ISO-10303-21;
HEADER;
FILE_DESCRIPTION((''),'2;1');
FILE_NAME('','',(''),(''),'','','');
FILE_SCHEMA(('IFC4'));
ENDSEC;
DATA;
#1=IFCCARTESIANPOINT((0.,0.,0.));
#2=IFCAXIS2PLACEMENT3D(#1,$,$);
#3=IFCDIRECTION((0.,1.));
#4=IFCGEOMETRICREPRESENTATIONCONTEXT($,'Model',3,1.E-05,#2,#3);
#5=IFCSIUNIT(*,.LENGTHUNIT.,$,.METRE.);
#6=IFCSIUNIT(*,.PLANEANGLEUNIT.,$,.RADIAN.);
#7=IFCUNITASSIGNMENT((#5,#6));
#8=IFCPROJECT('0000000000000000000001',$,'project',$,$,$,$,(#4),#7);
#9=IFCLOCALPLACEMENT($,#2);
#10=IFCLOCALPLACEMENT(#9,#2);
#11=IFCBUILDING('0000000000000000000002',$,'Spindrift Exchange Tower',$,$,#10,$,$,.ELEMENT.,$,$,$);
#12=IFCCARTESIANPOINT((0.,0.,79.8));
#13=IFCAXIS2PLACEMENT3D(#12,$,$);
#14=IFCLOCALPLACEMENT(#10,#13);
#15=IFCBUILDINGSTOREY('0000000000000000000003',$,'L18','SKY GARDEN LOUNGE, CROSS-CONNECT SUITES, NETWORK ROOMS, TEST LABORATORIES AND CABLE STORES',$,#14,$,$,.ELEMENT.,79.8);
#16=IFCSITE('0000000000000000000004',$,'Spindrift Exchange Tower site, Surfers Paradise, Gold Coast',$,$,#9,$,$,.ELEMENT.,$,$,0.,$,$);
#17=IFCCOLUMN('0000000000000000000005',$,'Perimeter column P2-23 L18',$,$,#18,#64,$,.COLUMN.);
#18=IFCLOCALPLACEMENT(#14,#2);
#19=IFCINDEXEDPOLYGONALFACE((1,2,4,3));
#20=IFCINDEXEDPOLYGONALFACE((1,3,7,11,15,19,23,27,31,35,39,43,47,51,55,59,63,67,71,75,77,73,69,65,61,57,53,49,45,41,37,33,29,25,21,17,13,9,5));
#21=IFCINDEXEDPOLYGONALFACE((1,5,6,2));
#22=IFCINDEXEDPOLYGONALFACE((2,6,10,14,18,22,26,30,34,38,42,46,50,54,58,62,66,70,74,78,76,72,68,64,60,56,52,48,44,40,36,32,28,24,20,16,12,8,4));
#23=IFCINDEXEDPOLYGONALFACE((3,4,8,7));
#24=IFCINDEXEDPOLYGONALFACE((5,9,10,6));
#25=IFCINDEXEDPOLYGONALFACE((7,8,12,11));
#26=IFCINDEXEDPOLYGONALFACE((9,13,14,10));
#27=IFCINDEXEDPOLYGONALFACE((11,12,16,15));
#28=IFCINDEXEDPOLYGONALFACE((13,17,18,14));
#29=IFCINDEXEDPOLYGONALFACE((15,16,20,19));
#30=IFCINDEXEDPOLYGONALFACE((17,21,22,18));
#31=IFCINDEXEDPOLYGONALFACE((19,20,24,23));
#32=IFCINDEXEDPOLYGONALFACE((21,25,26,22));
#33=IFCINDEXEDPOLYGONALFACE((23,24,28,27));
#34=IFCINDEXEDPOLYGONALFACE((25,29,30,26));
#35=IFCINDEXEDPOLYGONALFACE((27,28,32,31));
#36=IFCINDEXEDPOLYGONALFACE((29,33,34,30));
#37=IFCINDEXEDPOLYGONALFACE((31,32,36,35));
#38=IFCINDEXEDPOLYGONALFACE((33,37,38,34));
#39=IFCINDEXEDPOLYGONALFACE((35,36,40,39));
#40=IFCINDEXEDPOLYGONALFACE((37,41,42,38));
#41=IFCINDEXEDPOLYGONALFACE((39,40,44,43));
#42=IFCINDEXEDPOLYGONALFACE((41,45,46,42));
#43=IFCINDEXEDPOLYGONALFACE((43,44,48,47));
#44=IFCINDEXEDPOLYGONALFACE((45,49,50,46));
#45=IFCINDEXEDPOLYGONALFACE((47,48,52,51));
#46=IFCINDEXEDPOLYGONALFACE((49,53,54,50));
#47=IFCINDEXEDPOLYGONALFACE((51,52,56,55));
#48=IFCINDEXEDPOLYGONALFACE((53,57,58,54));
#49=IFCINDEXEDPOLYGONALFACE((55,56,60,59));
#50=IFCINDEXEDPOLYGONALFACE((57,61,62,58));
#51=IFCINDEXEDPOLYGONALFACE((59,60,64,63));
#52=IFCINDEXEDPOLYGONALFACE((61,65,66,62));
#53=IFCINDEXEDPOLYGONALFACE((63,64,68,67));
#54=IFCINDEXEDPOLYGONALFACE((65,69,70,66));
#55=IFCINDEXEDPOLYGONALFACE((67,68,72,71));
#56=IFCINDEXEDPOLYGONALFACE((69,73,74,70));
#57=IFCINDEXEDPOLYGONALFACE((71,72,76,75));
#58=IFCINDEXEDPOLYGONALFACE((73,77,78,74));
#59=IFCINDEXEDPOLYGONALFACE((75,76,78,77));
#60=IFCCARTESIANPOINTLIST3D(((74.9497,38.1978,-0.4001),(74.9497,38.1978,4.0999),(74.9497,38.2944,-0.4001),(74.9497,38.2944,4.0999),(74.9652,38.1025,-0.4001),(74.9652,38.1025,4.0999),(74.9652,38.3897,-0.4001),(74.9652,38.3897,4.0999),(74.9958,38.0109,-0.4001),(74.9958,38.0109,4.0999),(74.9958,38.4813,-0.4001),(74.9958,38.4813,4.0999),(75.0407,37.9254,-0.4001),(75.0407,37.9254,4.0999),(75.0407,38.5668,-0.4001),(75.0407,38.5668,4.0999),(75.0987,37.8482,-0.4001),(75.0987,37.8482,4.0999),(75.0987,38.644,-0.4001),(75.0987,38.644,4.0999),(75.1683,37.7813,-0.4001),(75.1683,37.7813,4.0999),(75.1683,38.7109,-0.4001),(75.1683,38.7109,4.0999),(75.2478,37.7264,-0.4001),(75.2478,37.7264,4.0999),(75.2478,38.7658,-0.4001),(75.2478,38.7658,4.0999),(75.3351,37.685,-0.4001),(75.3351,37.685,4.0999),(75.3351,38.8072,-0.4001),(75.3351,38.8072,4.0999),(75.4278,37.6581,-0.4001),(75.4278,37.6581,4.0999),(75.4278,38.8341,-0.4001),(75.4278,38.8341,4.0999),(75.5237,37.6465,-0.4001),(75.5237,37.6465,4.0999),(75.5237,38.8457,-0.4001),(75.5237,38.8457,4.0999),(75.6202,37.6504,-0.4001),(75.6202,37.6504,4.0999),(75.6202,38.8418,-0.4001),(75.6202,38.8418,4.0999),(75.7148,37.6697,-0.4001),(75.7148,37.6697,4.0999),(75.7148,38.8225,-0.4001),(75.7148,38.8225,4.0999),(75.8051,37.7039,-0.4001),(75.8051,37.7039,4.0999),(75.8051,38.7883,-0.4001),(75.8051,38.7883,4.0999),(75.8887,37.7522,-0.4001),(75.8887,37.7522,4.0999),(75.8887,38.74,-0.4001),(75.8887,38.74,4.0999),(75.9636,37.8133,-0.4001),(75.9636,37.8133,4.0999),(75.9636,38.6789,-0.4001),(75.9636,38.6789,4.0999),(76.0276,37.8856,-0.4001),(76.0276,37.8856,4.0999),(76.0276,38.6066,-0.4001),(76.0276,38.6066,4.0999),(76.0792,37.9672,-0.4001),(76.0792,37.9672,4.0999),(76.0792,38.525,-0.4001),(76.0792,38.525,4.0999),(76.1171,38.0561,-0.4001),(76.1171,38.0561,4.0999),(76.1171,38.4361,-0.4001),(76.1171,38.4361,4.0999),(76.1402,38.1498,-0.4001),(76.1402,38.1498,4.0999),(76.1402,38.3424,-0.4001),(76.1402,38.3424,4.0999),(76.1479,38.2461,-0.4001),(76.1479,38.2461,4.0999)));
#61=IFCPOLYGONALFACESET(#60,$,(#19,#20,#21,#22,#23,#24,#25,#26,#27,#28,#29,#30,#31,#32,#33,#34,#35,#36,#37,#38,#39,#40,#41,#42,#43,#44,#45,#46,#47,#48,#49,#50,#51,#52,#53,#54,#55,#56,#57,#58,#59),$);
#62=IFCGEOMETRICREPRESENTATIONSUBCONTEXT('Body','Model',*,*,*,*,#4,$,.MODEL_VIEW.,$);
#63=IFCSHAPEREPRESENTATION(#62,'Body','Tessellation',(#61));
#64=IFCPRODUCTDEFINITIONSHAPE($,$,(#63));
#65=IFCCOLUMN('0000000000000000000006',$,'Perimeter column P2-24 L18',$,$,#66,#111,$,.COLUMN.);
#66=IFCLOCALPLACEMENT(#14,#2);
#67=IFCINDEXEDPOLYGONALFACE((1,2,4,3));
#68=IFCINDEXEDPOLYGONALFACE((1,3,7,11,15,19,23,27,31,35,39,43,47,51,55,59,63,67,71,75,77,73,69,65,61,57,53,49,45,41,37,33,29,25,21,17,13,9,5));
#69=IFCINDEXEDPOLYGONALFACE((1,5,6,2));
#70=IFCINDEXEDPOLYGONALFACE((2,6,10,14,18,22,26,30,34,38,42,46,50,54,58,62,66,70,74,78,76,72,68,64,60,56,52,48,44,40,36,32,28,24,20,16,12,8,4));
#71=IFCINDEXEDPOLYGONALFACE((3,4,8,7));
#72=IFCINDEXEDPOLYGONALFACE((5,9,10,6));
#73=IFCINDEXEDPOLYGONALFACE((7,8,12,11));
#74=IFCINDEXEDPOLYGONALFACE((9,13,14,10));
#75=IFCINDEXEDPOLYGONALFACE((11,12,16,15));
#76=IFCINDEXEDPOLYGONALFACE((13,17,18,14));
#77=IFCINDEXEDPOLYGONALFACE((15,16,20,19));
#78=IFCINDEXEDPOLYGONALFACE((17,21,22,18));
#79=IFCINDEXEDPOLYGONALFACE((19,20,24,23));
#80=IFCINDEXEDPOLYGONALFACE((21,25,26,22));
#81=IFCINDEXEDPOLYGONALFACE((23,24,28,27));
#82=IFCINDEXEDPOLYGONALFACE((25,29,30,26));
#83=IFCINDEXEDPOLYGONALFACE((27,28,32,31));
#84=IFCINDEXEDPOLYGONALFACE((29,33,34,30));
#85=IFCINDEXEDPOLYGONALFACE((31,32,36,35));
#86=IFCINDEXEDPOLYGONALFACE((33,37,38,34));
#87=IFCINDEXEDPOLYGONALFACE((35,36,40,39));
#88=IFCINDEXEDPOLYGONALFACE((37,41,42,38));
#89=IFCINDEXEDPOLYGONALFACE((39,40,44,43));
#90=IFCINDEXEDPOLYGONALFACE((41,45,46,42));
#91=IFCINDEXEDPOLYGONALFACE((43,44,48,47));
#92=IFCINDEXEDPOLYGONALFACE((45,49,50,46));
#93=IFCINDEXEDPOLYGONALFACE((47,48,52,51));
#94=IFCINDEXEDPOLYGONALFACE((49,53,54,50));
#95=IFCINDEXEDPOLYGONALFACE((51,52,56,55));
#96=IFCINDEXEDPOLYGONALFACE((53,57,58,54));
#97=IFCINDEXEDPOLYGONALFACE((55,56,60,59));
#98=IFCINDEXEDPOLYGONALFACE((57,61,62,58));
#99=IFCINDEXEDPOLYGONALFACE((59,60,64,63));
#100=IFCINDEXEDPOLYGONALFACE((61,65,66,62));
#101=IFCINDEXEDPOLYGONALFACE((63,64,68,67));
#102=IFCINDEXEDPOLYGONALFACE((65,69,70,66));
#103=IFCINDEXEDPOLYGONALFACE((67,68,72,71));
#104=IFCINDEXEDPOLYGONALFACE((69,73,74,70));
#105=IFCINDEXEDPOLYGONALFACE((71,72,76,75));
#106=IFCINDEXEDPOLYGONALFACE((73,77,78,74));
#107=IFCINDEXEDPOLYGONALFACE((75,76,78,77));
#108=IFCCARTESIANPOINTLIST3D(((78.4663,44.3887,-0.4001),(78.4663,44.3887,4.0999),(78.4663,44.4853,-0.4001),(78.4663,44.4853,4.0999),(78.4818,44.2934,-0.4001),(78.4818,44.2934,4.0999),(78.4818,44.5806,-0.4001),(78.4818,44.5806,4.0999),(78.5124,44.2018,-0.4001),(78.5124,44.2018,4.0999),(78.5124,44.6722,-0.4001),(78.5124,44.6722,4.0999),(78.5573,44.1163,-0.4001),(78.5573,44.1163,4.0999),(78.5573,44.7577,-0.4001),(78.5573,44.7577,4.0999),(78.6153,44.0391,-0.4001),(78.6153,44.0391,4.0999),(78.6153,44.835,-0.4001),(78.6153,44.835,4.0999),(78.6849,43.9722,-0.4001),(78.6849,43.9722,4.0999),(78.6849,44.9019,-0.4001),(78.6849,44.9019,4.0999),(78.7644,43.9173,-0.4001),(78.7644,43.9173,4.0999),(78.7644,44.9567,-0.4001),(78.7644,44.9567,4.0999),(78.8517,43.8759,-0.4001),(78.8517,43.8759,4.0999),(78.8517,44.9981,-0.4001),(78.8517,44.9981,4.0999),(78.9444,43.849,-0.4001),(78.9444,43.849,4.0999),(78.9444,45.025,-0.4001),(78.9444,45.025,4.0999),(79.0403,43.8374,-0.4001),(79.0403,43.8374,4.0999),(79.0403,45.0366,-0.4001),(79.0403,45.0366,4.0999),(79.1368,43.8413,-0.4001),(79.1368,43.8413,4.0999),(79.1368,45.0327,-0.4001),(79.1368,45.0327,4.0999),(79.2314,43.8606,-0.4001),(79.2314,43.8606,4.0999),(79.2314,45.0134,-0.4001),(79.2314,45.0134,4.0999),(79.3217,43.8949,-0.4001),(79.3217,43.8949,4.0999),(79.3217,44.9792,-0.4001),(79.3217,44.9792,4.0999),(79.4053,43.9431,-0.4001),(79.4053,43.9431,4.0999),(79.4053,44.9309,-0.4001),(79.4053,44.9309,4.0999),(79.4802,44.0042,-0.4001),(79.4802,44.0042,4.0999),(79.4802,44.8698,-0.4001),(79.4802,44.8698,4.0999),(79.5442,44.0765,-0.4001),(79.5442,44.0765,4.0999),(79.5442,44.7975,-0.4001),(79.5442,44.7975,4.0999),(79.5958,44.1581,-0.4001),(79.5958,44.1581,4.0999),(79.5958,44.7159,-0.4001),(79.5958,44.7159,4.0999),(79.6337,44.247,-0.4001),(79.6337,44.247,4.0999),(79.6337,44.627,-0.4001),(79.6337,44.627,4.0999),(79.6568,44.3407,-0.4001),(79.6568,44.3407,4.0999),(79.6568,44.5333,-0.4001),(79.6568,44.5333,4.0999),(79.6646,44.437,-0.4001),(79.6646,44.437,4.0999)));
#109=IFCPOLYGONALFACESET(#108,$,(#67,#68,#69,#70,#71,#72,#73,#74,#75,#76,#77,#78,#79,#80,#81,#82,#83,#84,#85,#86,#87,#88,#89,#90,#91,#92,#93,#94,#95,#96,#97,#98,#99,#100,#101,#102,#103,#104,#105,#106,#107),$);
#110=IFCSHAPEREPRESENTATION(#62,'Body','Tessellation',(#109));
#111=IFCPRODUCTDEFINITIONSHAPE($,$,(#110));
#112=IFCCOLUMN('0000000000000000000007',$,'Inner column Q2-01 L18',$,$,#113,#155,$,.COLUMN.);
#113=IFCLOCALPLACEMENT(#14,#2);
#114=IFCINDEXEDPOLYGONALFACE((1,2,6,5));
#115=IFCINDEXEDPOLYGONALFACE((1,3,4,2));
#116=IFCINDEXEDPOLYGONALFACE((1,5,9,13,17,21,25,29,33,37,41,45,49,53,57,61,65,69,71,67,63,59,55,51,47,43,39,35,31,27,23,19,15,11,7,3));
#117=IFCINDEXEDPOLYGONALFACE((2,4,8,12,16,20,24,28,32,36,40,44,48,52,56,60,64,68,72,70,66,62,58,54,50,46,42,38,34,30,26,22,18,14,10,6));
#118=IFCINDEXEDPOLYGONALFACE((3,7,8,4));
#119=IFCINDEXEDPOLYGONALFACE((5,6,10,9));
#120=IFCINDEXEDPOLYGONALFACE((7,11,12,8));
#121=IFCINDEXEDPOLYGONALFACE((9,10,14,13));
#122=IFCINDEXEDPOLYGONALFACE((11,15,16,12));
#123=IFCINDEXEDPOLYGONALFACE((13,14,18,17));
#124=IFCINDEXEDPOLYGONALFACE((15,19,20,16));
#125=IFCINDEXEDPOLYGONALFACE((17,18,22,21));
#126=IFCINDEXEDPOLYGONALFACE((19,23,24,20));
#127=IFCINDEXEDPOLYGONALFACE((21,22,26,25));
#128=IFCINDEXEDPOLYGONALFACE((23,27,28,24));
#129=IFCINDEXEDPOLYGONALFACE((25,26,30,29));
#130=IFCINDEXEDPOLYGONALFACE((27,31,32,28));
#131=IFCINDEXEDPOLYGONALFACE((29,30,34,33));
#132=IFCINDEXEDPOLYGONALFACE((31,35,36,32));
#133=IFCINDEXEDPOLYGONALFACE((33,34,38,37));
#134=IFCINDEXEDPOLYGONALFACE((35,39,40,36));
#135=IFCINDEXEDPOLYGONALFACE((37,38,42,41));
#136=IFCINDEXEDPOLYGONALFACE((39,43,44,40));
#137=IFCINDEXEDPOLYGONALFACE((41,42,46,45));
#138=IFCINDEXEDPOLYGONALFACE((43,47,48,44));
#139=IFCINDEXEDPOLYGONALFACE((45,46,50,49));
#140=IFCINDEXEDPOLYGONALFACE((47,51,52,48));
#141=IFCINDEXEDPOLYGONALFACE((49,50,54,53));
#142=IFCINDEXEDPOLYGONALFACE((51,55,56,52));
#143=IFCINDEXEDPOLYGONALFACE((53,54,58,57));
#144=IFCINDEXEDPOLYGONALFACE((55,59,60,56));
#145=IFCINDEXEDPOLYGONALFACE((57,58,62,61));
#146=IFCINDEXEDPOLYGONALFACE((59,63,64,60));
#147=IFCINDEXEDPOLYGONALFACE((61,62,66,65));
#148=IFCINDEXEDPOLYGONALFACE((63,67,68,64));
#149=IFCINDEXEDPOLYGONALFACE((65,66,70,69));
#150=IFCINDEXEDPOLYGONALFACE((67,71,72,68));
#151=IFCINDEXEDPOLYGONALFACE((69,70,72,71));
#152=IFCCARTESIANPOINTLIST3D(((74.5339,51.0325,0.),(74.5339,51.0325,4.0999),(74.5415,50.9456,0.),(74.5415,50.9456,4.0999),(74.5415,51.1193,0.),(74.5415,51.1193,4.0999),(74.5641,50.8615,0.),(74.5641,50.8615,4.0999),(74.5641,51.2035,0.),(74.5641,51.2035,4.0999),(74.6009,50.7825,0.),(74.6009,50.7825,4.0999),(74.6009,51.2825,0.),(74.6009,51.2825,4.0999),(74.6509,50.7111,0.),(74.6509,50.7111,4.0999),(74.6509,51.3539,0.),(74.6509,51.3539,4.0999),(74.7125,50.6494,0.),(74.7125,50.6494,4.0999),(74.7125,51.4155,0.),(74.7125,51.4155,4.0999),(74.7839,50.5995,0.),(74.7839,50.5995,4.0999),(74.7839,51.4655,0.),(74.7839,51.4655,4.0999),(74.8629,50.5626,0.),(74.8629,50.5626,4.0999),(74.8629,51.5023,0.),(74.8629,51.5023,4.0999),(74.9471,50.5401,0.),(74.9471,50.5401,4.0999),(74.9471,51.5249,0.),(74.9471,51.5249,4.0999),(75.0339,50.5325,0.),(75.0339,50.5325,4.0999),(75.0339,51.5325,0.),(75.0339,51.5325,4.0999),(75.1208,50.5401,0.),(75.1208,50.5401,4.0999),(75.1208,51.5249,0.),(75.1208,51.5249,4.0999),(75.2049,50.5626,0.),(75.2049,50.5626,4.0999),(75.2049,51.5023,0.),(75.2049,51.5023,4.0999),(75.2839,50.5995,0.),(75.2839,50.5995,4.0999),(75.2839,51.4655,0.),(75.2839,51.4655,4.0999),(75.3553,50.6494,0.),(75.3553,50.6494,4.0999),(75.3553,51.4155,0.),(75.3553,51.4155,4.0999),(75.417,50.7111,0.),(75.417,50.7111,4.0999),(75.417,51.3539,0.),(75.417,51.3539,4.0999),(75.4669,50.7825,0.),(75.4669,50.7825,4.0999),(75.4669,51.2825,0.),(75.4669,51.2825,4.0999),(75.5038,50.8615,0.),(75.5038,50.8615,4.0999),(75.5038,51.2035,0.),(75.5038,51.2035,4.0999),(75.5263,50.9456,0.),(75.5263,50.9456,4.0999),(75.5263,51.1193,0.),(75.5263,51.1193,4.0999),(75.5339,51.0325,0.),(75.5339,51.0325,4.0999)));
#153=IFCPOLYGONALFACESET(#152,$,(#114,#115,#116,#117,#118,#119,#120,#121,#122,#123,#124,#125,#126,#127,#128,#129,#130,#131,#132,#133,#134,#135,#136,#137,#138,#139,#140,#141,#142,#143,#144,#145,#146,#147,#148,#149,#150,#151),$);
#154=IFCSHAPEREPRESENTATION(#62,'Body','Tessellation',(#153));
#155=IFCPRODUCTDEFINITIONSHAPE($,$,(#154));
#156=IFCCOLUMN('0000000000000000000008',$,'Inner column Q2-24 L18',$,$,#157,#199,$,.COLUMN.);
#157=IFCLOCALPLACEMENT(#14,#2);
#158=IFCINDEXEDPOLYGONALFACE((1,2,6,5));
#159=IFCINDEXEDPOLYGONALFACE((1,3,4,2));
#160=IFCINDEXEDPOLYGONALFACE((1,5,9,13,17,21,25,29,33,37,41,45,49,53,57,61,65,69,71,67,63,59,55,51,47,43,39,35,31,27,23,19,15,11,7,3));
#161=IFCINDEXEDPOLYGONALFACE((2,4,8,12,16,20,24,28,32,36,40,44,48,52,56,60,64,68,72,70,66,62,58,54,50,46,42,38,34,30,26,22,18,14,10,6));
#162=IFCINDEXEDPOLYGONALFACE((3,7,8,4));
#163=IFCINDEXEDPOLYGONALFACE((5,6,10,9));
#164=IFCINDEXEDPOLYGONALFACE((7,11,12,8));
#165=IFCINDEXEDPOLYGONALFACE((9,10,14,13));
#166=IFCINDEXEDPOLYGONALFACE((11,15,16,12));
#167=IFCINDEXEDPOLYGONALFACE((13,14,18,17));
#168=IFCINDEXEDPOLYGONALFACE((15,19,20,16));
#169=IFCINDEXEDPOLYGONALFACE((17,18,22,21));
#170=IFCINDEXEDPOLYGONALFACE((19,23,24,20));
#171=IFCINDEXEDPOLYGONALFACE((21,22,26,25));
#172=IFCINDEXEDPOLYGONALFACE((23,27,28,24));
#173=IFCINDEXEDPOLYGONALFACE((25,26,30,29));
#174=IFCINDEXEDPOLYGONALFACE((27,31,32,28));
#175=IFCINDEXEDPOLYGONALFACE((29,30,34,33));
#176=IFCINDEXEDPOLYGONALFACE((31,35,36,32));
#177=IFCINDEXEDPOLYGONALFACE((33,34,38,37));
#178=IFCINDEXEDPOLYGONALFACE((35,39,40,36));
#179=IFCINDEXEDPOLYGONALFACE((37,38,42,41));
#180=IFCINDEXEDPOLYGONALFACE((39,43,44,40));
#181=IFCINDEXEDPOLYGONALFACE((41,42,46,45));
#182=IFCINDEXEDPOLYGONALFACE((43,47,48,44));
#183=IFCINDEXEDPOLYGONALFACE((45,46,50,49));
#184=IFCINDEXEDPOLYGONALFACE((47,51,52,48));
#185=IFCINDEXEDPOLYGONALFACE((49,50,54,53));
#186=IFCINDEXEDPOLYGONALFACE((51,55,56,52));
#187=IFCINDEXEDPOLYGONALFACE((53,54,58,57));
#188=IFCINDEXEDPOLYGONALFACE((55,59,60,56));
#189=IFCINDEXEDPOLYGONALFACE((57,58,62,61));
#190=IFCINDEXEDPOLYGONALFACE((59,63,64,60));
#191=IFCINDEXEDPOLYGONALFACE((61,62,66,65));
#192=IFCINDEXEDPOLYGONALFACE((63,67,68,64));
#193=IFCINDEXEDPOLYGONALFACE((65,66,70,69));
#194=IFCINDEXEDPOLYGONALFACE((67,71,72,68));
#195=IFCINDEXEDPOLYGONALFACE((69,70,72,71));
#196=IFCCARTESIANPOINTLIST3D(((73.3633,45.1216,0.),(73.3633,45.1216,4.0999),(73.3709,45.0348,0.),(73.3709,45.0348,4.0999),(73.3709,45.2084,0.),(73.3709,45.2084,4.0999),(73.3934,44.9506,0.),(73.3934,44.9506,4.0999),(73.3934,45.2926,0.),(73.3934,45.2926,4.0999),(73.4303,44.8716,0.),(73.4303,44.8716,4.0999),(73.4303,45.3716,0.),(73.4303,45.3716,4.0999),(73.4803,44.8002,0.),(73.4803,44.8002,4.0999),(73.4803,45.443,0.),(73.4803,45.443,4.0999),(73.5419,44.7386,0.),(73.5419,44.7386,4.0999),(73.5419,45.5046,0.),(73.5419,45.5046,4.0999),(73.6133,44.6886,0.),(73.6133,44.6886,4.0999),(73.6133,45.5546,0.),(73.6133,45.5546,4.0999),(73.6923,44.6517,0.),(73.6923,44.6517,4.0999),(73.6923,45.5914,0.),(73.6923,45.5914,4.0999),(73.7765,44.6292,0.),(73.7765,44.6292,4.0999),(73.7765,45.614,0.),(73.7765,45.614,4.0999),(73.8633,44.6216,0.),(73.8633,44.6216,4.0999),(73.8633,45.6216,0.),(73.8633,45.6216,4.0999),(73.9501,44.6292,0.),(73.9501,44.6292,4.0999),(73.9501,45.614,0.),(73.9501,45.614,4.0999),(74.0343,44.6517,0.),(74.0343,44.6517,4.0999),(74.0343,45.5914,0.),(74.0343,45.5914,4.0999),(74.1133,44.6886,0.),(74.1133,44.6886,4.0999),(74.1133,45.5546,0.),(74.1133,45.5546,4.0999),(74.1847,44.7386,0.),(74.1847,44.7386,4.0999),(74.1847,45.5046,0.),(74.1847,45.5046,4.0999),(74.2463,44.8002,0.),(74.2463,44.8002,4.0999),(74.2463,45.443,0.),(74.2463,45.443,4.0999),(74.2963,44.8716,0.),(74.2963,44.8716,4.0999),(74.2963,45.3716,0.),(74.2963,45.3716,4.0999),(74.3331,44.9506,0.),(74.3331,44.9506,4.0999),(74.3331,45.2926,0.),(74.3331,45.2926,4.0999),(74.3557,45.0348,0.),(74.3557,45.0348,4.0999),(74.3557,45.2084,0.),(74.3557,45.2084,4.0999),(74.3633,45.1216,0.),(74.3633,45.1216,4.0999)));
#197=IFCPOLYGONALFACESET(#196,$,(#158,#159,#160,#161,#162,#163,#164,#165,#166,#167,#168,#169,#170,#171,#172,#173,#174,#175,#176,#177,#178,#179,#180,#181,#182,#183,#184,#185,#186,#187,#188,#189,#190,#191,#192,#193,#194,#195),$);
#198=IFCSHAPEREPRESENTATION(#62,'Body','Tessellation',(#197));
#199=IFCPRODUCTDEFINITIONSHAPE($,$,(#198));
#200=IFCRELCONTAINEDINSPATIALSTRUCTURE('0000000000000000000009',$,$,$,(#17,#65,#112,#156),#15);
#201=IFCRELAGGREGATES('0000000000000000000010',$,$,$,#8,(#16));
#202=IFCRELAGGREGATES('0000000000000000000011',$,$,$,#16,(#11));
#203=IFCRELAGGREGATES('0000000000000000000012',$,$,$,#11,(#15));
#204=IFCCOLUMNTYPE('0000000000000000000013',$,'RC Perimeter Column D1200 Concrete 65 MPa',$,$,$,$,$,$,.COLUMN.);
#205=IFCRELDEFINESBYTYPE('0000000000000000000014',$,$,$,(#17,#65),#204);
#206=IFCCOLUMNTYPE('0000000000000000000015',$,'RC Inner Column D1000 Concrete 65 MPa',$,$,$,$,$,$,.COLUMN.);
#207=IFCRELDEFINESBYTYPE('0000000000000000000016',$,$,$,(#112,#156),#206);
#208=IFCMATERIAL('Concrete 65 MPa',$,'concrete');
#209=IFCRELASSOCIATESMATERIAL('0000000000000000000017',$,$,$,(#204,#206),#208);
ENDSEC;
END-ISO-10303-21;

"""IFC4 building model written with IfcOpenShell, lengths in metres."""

from ifc_helpers import new_model, si_unit, direction, frame, origin, origin_2d, place, context, subcontext, project, spatial, circle, extrude, source, transform, mapped, material, material_profile, profile_set, type_object, element, save


model = new_model("IFC4")

# Units and contexts
model_context = context("Model", 3, precision=1e-05, world=origin(), true_north=direction((0.0, 1.0)))
body_context = subcontext(model_context, "Body", "Model", "MODEL_VIEW")
ifc_project = project(units=[si_unit("LENGTHUNIT", "METRE"), si_unit("PLANEANGLEUNIT", "RADIAN")], contexts=[model_context])

# Site, building, storey
site_placement = place(None, origin())
site = spatial("IfcSite", under=ifc_project, at=site_placement, Name="Spindrift Exchange Tower site, Surfers Paradise, Gold Coast", CompositionType="ELEMENT", RefElevation=0.0)
building_placement = place(site_placement, origin())
building = spatial("IfcBuilding", under=site, at=building_placement, Name="Spindrift Exchange Tower", CompositionType="ELEMENT")
storey_placement = place(building_placement, frame((0.0, 0.0, 79.8)))
storey = spatial("IfcBuildingStorey", under=building, at=storey_placement, Name="L18", Description="SKY GARDEN LOUNGE, CROSS-CONNECT SUITES, NETWORK ROOMS, TEST LABORATORIES AND CABLE STORES", CompositionType="ELEMENT", Elevation=79.8)

# Columns
ifc_material_1 = material(Name="Concrete 65 MPa", Category="concrete")
ifc_material_profile_1 = material_profile(ifc_material_1, circle(Radius=0.6001, at=origin_2d()), Name="RC D1200")
ifc_profile_set_1 = profile_set([ifc_material_profile_1], Name="Concrete 65 MPa")
column_type_1 = type_object("IfcColumnType", Name="RC Perimeter Column D1200 Concrete 65 MPa", PredefinedType="COLUMN", material=ifc_profile_set_1)
shared_shape_1 = source(origin(), body_context, "Body", "SweptSolid", [
    extrude(circle(Radius=0.6001, at=origin_2d()), origin(), (0.0, 0.0, 1.0), 4.5),
])
for number, where, z_axis, x_axis, name in (
    (1, (75.5479, 38.2461, -0.4001), (0.0, 0.0, 1.0), (1.0, 0.0, 0.0), "Perimeter column P2-23 L18"),
    (2, (79.0645, 44.437, -0.4001), (0.0, 0.0, 1.0), (1.0, 0.0, 0.0), "Perimeter column P2-24 L18"),
):
    element("IfcColumn", number, at=place(storey_placement, frame(where, z_axis=z_axis, x_axis=x_axis)), inside=storey, type_object=column_type_1, Name=name, PredefinedType="COLUMN", context=body_context, shape_type="MappedRepresentation", body=[
        mapped(shared_shape_1, transform((0.0, 0.0, 0.0), scale=1.0)),
    ])
ifc_material_profile_2 = material_profile(ifc_material_1, circle(Radius=0.5, at=origin_2d()), Name="RC D1000")
ifc_profile_set_2 = profile_set([ifc_material_profile_2], Name="Concrete 65 MPa")
column_type_2 = type_object("IfcColumnType", Name="RC Inner Column D1000 Concrete 65 MPa", PredefinedType="COLUMN", material=ifc_profile_set_2)
shared_shape_2 = source(origin(), body_context, "Body", "SweptSolid", [
    extrude(circle(Radius=0.5, at=origin_2d()), origin(), (0.0, 0.0, 1.0), 4.0999),
])
for number, where, z_axis, x_axis, name in (
    (3, (75.0339, 51.0325, 0.0), (0.0, 0.0, 1.0), (1.0, 0.0, 0.0), "Inner column Q2-01 L18"),
    (4, (73.8633, 45.1216, 0.0), (0.0, 0.0, 1.0), (1.0, 0.0, 0.0), "Inner column Q2-24 L18"),
):
    element("IfcColumn", number, at=place(storey_placement, frame(where, z_axis=z_axis, x_axis=x_axis)), inside=storey, type_object=column_type_2, Name=name, PredefinedType="COLUMN", context=body_context, shape_type="MappedRepresentation", body=[
        mapped(shared_shape_2, transform((0.0, 0.0, 0.0), scale=1.0)),
    ])

save(model, "model.ifc")
